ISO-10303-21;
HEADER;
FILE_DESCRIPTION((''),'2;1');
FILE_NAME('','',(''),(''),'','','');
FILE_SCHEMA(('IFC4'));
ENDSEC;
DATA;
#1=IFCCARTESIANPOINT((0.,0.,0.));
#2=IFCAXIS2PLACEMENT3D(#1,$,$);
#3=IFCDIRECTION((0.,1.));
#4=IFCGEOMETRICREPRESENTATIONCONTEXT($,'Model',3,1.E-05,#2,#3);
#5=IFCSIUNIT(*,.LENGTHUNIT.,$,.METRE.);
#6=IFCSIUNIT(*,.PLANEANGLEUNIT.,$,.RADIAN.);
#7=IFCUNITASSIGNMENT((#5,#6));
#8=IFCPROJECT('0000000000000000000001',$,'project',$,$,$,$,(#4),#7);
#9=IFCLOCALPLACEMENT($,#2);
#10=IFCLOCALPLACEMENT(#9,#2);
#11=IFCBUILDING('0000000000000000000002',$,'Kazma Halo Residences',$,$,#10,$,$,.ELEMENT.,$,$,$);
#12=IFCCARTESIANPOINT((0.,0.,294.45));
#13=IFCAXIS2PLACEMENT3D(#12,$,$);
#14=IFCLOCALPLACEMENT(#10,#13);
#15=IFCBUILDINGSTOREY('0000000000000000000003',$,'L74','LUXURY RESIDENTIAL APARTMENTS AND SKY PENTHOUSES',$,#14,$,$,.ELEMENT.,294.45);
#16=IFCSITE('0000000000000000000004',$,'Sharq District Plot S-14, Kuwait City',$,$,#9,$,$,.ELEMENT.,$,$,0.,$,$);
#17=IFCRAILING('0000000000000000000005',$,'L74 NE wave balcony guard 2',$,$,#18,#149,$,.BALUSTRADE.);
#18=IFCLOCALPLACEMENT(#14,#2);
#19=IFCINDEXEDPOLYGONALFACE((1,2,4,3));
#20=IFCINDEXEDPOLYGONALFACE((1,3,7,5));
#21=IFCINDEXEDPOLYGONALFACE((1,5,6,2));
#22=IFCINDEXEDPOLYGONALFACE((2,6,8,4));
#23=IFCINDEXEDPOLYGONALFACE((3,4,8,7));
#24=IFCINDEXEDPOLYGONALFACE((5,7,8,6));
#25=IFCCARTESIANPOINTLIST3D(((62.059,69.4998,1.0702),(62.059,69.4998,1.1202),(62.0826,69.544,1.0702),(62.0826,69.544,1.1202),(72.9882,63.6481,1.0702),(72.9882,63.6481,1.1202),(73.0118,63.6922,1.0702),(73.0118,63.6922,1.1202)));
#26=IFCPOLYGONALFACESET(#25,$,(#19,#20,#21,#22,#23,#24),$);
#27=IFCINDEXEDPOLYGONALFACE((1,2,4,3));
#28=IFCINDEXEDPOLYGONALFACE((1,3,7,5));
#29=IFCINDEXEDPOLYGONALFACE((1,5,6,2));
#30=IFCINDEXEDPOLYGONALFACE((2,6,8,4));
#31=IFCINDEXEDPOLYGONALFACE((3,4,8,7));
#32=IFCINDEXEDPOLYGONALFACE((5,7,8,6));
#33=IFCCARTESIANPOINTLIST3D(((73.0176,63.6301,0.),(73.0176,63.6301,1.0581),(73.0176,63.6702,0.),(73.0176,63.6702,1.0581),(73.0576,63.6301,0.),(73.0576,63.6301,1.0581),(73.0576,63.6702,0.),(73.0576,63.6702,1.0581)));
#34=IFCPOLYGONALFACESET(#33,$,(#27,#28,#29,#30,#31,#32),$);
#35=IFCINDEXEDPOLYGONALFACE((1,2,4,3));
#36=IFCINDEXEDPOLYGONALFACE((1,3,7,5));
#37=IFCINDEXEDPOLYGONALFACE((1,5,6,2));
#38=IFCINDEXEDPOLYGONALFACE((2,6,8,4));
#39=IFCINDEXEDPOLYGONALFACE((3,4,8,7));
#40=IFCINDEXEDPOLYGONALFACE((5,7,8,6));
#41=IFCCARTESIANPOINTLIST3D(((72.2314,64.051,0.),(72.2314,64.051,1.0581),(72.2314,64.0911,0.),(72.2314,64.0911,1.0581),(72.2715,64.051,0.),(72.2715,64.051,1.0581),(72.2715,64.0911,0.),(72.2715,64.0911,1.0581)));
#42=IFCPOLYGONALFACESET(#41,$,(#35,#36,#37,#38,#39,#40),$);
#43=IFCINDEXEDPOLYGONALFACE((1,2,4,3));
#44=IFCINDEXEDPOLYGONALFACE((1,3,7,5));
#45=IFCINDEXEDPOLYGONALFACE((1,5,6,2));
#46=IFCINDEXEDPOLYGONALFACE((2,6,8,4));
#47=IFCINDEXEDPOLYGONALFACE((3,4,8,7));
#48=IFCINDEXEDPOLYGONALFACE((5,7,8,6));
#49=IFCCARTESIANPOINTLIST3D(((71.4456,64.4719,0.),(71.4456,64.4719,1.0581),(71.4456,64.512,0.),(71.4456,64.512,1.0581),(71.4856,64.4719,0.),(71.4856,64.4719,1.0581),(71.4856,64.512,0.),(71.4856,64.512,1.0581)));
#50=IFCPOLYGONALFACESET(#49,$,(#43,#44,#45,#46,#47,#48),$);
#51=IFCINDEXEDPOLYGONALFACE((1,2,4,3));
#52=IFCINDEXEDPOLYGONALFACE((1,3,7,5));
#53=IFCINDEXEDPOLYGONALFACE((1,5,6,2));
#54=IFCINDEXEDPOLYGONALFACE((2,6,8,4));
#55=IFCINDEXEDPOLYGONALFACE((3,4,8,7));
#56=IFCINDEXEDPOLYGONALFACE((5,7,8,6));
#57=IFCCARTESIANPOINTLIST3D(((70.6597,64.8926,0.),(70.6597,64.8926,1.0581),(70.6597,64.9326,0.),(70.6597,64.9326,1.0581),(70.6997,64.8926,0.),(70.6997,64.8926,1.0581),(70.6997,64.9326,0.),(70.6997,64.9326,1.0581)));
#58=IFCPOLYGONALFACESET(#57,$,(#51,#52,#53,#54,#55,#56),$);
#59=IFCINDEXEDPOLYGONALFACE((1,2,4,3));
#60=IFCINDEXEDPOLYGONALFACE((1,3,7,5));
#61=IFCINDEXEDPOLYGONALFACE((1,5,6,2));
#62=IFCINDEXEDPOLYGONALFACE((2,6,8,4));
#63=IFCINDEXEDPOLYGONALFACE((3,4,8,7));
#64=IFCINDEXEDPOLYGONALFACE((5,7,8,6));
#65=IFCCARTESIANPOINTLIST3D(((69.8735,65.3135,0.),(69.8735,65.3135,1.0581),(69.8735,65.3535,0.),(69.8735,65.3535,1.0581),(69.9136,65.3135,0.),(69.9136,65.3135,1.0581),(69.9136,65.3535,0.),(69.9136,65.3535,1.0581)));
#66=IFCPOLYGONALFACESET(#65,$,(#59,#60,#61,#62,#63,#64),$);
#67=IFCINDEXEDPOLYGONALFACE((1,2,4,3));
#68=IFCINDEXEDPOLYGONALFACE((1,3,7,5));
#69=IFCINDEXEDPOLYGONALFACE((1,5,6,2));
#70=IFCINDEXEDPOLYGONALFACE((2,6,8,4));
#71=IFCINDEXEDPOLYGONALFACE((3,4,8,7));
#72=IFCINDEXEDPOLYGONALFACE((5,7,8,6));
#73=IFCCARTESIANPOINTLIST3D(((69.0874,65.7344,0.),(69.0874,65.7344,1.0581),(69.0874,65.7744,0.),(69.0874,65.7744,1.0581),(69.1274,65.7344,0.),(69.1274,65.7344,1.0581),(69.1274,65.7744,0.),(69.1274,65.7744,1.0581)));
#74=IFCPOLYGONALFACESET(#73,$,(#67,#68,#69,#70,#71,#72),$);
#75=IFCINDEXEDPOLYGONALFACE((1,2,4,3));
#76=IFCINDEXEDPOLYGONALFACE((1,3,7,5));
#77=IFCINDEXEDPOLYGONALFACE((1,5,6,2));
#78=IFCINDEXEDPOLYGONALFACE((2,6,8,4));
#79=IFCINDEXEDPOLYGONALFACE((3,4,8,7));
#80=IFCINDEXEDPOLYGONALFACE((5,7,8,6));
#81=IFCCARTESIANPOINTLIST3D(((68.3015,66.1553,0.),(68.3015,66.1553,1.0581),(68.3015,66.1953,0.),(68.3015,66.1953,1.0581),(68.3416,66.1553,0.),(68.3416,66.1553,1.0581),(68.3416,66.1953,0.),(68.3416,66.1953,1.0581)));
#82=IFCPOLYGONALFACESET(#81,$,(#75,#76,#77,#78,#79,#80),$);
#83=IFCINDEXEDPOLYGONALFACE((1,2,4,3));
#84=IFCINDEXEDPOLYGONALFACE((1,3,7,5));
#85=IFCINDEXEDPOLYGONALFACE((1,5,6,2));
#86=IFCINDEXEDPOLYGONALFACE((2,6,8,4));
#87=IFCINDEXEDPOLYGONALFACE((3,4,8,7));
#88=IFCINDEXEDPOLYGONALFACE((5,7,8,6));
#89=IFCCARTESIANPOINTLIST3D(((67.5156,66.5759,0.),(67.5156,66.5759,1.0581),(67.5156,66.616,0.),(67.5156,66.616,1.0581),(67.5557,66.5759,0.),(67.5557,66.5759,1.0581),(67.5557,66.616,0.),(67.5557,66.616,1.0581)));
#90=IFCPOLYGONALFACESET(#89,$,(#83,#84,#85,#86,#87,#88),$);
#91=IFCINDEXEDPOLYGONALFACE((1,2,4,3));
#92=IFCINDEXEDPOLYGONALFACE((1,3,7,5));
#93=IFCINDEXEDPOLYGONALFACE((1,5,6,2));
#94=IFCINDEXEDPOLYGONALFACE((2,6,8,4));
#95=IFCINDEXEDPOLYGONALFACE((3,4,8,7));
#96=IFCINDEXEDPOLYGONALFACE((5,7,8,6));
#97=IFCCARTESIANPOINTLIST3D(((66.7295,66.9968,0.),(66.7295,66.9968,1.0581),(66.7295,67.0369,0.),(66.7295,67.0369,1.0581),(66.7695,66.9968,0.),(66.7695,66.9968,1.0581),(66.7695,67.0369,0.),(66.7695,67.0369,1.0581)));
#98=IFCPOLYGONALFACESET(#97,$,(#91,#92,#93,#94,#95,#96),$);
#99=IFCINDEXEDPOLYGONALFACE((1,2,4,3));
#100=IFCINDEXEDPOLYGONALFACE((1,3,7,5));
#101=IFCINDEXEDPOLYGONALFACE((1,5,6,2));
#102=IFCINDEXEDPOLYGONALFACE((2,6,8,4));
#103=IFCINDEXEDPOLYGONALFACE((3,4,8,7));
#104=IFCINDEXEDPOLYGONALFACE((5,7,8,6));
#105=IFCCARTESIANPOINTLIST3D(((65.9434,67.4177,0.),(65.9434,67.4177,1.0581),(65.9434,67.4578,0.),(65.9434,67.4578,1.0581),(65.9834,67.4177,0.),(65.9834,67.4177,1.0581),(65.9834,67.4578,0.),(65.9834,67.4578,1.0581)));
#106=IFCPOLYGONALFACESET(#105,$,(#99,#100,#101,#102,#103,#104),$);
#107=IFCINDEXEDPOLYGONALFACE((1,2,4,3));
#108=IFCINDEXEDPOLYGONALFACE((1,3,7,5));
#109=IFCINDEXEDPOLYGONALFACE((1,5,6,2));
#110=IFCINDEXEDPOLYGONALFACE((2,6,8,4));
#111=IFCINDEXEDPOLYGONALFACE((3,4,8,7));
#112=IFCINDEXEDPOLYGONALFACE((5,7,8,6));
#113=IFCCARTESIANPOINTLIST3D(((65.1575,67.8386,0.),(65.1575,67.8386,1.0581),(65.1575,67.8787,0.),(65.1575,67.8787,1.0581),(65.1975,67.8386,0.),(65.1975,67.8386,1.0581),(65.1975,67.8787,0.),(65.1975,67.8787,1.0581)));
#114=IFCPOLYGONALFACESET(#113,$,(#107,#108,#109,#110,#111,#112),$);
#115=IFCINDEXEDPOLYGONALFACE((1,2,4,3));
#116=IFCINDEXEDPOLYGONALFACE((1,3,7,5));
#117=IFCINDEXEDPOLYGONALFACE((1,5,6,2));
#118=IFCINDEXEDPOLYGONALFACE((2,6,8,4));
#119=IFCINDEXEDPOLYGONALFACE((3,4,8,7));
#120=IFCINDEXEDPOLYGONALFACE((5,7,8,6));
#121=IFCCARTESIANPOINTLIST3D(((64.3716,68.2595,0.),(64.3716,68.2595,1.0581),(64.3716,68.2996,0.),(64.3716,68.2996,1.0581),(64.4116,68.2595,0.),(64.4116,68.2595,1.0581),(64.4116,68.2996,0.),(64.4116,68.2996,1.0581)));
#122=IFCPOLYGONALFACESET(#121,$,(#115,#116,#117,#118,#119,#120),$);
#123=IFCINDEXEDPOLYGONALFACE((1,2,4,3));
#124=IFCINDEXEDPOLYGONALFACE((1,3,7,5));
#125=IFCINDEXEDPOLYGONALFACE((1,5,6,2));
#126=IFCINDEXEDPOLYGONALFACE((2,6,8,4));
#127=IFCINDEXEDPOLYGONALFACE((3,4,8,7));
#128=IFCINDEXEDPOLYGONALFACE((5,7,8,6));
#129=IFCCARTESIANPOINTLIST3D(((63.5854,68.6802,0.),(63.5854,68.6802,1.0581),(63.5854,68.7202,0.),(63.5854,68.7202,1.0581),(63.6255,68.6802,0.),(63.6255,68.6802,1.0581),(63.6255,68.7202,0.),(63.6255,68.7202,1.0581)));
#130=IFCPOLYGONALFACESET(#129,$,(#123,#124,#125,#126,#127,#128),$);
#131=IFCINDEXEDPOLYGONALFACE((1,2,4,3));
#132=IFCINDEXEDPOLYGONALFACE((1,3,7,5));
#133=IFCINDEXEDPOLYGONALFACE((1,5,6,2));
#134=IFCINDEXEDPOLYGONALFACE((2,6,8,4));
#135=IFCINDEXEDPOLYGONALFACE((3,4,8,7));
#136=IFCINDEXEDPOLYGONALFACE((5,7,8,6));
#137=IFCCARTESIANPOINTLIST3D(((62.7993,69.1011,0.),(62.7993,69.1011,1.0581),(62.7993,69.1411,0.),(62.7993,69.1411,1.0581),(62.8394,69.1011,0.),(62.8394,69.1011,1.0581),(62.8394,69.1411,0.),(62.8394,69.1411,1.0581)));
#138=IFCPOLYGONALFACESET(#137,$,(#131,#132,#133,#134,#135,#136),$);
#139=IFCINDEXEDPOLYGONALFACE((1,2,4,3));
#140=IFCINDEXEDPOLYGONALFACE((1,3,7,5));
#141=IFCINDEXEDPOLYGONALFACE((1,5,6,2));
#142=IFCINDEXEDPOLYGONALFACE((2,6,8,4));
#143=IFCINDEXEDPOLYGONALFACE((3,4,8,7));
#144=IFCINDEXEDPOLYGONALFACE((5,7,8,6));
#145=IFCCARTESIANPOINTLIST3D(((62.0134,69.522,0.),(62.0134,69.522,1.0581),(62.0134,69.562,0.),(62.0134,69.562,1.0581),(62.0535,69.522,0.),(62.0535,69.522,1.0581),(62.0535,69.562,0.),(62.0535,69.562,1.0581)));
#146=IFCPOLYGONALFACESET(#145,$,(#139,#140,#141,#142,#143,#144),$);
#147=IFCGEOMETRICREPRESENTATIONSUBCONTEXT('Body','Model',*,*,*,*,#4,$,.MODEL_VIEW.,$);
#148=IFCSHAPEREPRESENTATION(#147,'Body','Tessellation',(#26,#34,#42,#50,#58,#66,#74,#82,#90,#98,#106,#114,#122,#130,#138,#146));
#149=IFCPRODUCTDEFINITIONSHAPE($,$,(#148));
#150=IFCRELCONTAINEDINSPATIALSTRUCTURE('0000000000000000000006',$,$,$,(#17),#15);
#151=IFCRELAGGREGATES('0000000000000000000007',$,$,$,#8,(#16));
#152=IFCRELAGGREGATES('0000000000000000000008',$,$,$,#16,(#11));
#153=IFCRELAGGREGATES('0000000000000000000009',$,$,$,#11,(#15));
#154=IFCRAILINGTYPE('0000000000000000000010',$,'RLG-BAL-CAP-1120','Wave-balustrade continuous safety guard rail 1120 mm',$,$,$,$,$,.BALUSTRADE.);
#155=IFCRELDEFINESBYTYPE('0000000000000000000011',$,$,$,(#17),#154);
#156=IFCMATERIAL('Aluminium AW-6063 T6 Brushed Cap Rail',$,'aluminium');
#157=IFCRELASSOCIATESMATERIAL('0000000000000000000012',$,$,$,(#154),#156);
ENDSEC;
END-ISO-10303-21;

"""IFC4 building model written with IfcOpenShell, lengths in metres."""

from ifc_helpers import new_model, si_unit, direction, frame, origin, origin_2d, place, context, subcontext, project, spatial, rectangle, extrude, material, type_object, element, save


model = new_model("IFC4")

# Units and contexts
model_context = context("Model", 3, precision=1e-05, world=origin(), true_north=direction((0.0, 1.0)))
body_context = subcontext(model_context, "Body", "Model", "MODEL_VIEW")
ifc_project = project(units=[si_unit("LENGTHUNIT", "METRE"), si_unit("PLANEANGLEUNIT", "RADIAN")], contexts=[model_context])

# Site, building, storey
site_placement = place(None, origin())
site = spatial("IfcSite", under=ifc_project, at=site_placement, Name="Sharq District Plot S-14, Kuwait City", CompositionType="ELEMENT", RefElevation=0.0)
building_placement = place(site_placement, origin())
building = spatial("IfcBuilding", under=site, at=building_placement, Name="Kazma Halo Residences", CompositionType="ELEMENT")
storey_placement = place(building_placement, frame((0.0, 0.0, 294.45)))
storey = spatial("IfcBuildingStorey", under=building, at=storey_placement, Name="L74", Description="LUXURY RESIDENTIAL APARTMENTS AND SKY PENTHOUSES", CompositionType="ELEMENT", Elevation=294.45)

# Railing
ifc_material_1 = material(Name="Aluminium AW-6063 T6 Brushed Cap Rail", Category="aluminium")
railing_type = type_object("IfcRailingType", Name="RLG-BAL-CAP-1120", Description="Wave-balustrade continuous safety guard rail 1120 mm", PredefinedType="BALUSTRADE", material=ifc_material_1)
railing_1_placement = place(storey_placement, frame((73.0376, 63.6501, 0.0)))
element("IfcRailing", 1, at=railing_1_placement, inside=storey, type_object=railing_type, Name="L74 NE wave balcony guard 2", PredefinedType="BALUSTRADE", context=body_context, shape_type="SweptSolid", body=[
    extrude(rectangle(XDim=0.05, YDim=0.05, at=origin_2d()), frame((-0.0376, 0.02, 1.0952), z_axis=(-0.881588, 0.47202, 0.0), x_axis=(-0.47202, -0.881588, 0.0)), (0.0, 0.0, 1.0), 12.3972),
    extrude(rectangle(XDim=0.04, YDim=0.04, at=origin_2d()), origin(), (0.0, 0.0, 1.0), 1.0581),
    extrude(rectangle(XDim=0.04, YDim=0.04, at=origin_2d()), frame((-0.7861, 0.4209, 0.0)), (0.0, 0.0, 1.0), 1.0581),
    extrude(rectangle(XDim=0.04, YDim=0.04, at=origin_2d()), frame((-1.572, 0.8418, 0.0)), (0.0, 0.0, 1.0), 1.0581),
    extrude(rectangle(XDim=0.04, YDim=0.04, at=origin_2d()), frame((-2.3579, 1.2625, 0.0)), (0.0, 0.0, 1.0), 1.0581),
    extrude(rectangle(XDim=0.04, YDim=0.04, at=origin_2d()), frame((-3.144, 1.6833, 0.0)), (0.0, 0.0, 1.0), 1.0581),
    extrude(rectangle(XDim=0.04, YDim=0.04, at=origin_2d()), frame((-3.9302, 2.1042, 0.0)), (0.0, 0.0, 1.0), 1.0581),
    extrude(rectangle(XDim=0.04, YDim=0.04, at=origin_2d()), frame((-4.7161, 2.5251, 0.0)), (0.0, 0.0, 1.0), 1.0581),
    extrude(rectangle(XDim=0.04, YDim=0.04, at=origin_2d()), frame((-5.502, 2.9458, 0.0)), (0.0, 0.0, 1.0), 1.0581),
    extrude(rectangle(XDim=0.04, YDim=0.04, at=origin_2d()), frame((-6.2881, 3.3667, 0.0)), (0.0, 0.0, 1.0), 1.0581),
    extrude(rectangle(XDim=0.04, YDim=0.04, at=origin_2d()), frame((-7.0742, 3.7876, 0.0)), (0.0, 0.0, 1.0), 1.0581),
    extrude(rectangle(XDim=0.04, YDim=0.04, at=origin_2d()), frame((-7.8601, 4.2085, 0.0)), (0.0, 0.0, 1.0), 1.0581),
    extrude(rectangle(XDim=0.04, YDim=0.04, at=origin_2d()), frame((-8.646, 4.6294, 0.0)), (0.0, 0.0, 1.0), 1.0581),
    extrude(rectangle(XDim=0.04, YDim=0.04, at=origin_2d()), frame((-9.4321, 5.05, 0.0)), (0.0, 0.0, 1.0), 1.0581),
    extrude(rectangle(XDim=0.04, YDim=0.04, at=origin_2d()), frame((-10.2183, 5.4709, 0.0)), (0.0, 0.0, 1.0), 1.0581),
    extrude(rectangle(XDim=0.04, YDim=0.04, at=origin_2d()), frame((-11.0042, 5.8918, 0.0)), (0.0, 0.0, 1.0), 1.0581),
])

save(model, "model.ifc")
